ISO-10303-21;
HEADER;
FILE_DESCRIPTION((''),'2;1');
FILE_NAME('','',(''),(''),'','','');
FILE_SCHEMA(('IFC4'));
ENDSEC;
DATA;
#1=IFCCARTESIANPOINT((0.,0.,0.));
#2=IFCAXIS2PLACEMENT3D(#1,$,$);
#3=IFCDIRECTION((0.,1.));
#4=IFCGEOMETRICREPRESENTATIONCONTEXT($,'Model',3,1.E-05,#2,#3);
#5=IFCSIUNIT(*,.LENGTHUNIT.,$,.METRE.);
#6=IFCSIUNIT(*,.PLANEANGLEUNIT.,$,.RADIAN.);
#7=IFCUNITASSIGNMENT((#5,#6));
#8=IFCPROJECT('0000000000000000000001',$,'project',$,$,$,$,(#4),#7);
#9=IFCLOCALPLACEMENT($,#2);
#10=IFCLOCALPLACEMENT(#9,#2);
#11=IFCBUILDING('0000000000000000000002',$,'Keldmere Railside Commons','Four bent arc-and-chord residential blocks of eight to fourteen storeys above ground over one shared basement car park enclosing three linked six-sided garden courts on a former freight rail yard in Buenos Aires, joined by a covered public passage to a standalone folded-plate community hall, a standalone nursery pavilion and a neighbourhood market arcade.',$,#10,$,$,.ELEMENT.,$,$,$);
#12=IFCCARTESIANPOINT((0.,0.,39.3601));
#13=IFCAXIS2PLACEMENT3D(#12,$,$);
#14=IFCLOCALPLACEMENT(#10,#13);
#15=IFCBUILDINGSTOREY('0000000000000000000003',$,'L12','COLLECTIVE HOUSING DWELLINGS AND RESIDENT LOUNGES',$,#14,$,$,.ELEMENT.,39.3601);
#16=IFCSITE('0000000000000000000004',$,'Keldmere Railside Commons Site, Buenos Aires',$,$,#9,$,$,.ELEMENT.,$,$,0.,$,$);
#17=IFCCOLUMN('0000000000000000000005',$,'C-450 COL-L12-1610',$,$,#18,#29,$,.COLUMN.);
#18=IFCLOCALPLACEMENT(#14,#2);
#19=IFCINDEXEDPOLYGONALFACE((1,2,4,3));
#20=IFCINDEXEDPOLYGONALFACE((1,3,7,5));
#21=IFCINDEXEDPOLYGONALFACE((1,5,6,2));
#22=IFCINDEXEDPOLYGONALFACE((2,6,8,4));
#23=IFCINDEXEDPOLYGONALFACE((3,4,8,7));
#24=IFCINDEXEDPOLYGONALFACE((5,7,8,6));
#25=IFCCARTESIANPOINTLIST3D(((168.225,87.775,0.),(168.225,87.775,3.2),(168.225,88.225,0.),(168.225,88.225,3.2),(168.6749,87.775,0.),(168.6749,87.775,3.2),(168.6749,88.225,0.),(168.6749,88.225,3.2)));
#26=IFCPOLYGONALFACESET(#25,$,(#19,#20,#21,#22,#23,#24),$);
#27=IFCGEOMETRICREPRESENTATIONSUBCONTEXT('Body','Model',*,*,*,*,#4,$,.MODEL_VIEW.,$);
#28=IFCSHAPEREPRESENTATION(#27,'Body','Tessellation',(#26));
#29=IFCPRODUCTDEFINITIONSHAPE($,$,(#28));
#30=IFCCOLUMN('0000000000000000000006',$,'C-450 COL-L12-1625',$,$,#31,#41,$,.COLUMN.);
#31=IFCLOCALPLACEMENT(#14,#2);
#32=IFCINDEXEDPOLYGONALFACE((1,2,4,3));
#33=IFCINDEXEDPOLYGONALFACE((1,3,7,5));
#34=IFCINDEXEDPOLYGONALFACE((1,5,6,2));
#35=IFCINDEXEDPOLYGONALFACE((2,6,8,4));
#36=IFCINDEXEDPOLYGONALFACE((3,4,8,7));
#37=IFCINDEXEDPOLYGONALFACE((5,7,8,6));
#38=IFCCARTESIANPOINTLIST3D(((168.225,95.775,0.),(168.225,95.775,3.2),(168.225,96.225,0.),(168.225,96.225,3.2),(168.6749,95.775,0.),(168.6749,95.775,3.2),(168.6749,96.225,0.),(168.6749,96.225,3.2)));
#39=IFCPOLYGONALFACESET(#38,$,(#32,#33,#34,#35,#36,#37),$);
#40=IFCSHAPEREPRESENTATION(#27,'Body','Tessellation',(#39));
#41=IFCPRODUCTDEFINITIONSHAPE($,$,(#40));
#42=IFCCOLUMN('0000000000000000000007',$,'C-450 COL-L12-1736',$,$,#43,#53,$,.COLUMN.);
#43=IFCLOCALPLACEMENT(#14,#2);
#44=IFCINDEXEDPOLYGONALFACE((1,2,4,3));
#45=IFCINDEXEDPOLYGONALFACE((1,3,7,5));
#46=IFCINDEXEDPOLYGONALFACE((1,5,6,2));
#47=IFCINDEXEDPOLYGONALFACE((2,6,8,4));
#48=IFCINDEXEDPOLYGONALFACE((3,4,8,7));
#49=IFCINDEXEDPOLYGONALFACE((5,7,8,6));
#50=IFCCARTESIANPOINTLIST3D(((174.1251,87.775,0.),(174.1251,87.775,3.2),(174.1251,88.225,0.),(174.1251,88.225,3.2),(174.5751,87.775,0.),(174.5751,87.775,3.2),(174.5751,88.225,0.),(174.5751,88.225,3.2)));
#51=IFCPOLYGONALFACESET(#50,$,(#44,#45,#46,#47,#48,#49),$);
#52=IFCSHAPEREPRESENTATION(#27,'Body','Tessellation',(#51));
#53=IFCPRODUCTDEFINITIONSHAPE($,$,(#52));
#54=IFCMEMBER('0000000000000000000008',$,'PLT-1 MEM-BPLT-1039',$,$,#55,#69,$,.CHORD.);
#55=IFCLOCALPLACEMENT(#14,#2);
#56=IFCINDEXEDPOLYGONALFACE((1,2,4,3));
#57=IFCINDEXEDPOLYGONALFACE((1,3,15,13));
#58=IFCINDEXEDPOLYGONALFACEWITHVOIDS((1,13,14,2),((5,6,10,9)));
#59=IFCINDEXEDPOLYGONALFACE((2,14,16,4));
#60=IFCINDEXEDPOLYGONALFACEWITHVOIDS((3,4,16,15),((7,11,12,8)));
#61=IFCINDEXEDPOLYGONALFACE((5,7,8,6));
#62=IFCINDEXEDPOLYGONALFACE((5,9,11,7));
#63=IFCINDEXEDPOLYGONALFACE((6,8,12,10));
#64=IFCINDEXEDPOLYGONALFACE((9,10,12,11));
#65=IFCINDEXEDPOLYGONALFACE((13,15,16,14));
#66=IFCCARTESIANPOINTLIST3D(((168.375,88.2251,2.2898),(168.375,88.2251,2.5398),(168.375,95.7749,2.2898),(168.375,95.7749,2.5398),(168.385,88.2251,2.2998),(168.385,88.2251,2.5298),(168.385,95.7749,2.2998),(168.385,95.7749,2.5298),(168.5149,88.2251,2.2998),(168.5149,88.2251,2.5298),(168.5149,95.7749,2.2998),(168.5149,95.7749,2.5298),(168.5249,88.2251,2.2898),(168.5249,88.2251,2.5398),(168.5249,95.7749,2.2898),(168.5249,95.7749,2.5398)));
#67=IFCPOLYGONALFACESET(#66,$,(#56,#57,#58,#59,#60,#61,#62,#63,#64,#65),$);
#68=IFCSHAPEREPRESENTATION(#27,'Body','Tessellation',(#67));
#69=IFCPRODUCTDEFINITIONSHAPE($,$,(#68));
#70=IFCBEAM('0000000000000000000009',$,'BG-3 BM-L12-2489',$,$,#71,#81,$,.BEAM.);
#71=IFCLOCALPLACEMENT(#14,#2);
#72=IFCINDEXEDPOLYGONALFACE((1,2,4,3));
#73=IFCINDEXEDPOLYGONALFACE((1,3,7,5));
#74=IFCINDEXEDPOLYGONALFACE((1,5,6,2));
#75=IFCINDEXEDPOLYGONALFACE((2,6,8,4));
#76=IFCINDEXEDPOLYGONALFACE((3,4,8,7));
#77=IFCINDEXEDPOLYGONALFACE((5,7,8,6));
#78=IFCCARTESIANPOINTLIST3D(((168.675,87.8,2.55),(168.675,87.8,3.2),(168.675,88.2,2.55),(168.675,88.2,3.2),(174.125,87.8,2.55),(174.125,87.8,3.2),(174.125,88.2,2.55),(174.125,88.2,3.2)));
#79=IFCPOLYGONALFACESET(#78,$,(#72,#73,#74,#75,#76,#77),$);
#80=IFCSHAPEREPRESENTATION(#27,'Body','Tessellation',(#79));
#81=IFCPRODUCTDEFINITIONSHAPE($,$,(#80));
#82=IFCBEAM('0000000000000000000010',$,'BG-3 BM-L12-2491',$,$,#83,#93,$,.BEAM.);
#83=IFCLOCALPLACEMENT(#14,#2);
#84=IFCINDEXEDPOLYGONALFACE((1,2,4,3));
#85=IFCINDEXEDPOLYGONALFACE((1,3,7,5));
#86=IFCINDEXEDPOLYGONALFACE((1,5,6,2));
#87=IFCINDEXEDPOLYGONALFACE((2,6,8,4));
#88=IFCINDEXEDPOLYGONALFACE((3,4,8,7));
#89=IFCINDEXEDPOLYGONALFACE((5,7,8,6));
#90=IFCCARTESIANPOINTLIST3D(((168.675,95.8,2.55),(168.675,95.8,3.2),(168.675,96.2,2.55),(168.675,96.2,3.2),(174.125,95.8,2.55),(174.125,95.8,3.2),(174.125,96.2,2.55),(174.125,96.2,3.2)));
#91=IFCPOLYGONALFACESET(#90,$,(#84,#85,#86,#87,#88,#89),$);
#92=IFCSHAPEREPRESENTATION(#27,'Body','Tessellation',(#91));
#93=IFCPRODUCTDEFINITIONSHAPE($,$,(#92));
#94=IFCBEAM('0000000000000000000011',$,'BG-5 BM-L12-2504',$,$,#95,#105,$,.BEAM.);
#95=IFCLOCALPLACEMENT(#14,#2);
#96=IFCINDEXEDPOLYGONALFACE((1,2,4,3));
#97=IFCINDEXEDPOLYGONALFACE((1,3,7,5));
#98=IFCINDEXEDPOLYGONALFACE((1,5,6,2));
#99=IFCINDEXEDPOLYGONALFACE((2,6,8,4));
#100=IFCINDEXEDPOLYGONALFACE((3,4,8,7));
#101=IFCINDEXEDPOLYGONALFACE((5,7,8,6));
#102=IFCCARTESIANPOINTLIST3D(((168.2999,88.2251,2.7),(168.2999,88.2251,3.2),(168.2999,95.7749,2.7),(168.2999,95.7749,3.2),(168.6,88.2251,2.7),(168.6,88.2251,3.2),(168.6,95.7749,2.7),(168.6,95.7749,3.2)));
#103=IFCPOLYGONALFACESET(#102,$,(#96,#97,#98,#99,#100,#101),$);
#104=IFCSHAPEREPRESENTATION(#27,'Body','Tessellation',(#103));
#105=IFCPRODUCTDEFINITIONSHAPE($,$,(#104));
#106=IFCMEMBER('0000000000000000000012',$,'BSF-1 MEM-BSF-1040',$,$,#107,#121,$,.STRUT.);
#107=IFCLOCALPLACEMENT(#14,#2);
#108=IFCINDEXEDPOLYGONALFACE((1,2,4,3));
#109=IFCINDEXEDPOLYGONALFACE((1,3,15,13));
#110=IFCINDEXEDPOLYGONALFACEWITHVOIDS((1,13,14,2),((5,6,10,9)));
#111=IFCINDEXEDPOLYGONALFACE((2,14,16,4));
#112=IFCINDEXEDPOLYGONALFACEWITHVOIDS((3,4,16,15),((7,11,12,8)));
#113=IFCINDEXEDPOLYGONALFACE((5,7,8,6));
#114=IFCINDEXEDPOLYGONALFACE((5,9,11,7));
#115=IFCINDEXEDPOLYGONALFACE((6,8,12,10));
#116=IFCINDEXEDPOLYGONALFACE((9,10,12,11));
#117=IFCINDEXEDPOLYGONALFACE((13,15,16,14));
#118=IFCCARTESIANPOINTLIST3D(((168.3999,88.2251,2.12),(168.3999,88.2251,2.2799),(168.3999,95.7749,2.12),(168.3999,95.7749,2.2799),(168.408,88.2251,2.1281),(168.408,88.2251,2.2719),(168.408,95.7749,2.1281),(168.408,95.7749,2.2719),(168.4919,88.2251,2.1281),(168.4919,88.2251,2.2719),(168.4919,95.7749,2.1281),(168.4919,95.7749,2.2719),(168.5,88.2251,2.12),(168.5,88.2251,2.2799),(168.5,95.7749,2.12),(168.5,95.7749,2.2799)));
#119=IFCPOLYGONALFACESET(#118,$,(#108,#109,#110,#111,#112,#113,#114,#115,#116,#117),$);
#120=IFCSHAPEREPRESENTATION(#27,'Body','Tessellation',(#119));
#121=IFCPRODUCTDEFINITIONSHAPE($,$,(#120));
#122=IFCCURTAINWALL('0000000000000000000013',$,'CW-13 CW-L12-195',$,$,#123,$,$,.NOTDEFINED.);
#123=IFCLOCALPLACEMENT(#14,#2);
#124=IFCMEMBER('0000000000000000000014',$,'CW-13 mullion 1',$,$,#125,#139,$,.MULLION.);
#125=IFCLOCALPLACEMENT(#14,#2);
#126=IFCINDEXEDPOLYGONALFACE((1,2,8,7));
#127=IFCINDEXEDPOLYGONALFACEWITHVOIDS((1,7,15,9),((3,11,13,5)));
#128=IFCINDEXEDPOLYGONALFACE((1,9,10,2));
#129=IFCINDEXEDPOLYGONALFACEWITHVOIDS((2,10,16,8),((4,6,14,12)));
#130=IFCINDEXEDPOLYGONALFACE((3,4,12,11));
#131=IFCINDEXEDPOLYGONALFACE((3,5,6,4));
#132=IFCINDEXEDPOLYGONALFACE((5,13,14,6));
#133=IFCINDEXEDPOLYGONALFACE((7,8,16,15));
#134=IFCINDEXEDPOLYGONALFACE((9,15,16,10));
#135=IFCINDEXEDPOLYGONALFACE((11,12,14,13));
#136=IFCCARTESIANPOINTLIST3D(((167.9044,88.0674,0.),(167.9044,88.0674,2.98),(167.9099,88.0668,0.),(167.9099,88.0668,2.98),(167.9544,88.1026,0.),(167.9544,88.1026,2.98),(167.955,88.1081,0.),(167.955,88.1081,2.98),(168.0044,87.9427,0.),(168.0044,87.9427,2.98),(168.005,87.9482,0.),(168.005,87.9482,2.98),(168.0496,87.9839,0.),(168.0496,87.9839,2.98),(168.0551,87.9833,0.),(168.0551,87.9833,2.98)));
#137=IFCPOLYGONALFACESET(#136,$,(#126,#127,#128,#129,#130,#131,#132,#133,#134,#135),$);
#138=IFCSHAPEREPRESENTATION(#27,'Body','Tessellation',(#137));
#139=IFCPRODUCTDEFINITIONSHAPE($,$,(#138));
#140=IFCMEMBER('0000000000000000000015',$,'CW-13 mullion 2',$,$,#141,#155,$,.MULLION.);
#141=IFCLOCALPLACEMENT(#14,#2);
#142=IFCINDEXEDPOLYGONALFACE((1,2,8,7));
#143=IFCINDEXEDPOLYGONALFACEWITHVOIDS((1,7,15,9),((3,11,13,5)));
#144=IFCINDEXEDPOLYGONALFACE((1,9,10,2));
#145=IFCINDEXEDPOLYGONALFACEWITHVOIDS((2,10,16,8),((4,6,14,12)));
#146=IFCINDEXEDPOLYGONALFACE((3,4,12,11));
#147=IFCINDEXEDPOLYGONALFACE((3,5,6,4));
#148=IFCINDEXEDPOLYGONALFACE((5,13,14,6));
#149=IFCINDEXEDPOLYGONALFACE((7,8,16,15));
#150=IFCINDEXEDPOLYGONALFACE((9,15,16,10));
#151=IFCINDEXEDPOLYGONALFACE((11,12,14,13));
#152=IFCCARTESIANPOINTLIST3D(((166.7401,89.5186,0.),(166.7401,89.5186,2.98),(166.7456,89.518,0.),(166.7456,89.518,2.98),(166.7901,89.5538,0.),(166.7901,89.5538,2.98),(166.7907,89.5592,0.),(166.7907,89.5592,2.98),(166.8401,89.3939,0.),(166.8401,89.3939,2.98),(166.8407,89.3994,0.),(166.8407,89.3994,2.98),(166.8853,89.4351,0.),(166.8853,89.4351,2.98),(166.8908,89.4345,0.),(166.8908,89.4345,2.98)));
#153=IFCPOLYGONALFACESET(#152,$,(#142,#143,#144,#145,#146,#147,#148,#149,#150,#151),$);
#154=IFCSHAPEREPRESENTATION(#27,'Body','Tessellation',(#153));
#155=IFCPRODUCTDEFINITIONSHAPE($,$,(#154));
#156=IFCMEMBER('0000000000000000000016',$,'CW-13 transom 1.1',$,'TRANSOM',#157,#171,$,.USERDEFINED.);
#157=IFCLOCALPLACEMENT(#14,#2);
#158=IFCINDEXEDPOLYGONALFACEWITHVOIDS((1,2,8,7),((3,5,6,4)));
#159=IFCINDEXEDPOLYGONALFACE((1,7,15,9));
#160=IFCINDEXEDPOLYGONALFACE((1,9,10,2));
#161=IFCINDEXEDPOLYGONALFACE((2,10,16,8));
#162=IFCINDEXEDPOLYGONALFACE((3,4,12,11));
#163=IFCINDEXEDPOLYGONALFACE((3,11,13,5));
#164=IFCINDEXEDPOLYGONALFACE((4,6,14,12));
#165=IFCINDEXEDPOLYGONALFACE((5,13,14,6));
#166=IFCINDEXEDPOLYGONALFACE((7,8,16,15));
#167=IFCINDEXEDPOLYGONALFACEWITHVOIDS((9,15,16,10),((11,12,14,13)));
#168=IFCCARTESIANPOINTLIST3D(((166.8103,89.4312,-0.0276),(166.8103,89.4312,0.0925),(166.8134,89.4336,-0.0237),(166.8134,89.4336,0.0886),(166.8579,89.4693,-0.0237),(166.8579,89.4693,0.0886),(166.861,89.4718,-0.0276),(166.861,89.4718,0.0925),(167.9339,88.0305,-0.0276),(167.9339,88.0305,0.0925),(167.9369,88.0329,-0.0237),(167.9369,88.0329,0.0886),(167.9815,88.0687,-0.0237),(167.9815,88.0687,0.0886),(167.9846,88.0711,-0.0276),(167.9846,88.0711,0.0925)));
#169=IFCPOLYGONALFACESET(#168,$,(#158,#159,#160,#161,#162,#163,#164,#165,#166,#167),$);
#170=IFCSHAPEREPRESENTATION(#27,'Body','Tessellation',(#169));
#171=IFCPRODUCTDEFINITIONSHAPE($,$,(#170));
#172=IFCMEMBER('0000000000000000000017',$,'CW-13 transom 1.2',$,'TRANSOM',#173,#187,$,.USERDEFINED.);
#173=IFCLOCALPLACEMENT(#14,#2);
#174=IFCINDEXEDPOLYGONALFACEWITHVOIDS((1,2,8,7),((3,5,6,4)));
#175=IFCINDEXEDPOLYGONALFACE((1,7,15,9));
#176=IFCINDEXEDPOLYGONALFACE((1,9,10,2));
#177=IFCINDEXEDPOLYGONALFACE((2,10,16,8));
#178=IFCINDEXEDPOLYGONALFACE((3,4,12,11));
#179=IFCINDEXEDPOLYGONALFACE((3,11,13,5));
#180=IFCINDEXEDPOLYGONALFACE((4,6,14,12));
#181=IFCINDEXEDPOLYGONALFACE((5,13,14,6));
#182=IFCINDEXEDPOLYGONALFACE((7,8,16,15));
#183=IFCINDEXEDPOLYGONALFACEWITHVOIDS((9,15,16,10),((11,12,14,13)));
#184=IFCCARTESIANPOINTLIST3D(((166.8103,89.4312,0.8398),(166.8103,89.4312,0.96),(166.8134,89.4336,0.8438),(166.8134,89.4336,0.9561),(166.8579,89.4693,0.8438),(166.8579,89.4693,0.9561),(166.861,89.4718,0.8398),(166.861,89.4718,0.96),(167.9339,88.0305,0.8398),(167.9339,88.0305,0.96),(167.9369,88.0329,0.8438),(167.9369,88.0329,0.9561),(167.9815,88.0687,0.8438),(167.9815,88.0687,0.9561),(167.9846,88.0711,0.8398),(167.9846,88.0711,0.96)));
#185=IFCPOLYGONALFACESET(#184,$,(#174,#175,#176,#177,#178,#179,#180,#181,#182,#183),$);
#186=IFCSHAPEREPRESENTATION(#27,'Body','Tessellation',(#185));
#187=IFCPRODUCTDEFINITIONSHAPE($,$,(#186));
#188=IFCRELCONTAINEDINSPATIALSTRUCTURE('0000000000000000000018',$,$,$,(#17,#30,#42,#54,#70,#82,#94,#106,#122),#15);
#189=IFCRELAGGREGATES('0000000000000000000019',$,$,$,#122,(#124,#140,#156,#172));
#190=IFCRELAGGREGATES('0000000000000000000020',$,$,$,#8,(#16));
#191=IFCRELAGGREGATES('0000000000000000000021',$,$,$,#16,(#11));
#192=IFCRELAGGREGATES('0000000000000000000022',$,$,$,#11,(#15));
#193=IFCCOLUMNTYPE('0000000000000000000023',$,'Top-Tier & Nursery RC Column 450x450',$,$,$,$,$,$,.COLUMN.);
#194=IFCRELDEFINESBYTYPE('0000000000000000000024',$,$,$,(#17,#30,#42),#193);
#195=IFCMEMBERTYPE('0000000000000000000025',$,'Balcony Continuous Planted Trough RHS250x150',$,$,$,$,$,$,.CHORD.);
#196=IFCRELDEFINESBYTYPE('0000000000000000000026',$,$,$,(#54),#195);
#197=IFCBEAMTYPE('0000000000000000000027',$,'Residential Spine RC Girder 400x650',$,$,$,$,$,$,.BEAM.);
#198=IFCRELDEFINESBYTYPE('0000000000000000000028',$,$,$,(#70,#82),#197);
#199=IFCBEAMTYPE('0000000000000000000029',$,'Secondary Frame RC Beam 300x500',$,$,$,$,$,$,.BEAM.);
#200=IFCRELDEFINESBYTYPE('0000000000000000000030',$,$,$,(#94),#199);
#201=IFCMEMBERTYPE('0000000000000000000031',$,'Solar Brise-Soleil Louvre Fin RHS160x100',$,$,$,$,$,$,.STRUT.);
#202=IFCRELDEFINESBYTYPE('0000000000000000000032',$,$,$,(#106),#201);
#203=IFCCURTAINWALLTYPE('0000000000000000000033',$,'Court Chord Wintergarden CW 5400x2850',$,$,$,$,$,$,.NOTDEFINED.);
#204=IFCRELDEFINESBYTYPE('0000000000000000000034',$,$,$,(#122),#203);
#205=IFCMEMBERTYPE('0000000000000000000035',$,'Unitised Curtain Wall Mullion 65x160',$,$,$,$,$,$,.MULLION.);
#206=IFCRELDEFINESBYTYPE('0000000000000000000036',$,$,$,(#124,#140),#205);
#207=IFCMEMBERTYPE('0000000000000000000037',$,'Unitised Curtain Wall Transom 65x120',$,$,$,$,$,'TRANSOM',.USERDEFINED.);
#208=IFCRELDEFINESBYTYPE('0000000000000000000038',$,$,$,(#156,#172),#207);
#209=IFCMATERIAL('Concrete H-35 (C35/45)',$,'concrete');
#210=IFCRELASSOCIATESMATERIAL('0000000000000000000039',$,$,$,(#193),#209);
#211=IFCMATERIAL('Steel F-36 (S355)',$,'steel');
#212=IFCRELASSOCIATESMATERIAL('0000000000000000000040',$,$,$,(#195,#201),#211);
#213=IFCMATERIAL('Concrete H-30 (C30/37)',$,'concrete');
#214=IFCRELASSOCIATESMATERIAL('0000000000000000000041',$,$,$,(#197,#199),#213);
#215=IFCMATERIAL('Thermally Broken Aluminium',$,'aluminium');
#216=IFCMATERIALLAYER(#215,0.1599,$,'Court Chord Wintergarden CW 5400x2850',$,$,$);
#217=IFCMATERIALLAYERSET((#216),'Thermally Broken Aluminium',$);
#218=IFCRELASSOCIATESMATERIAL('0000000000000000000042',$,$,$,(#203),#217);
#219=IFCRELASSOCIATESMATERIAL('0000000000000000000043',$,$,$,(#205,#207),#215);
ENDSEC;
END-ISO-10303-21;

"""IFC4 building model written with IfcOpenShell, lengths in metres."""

from ifc_helpers import new_model, si_unit, direction, frame, origin, origin_2d, place, context, subcontext, project, spatial, rectangle, hollow_rectangle, extrude, material, layer, layer_set, material_profile, profile_set, type_object, element, aggregate, save


model = new_model("IFC4")

# Units and contexts
model_context = context("Model", 3, precision=1e-05, world=origin(), true_north=direction((0.0, 1.0)))
body_context = subcontext(model_context, "Body", "Model", "MODEL_VIEW")
ifc_project = project(units=[si_unit("LENGTHUNIT", "METRE"), si_unit("PLANEANGLEUNIT", "RADIAN")], contexts=[model_context])

# Site, building, storey
site_placement = place(None, origin())
site = spatial("IfcSite", under=ifc_project, at=site_placement, Name="Keldmere Railside Commons Site, Buenos Aires", CompositionType="ELEMENT", RefElevation=0.0)
building_placement = place(site_placement, origin())
building = spatial("IfcBuilding", under=site, at=building_placement, Name="Keldmere Railside Commons", Description="Four bent arc-and-chord residential blocks of eight to fourteen storeys above ground over one shared basement car park enclosing three linked six-sided garden courts on a former freight rail yard in Buenos Aires, joined by a covered public passage to a standalone folded-plate community hall, a standalone nursery pavilion and a neighbourhood market arcade.", CompositionType="ELEMENT")
storey_placement = place(building_placement, frame((0.0, 0.0, 39.3601)))
storey = spatial("IfcBuildingStorey", under=building, at=storey_placement, Name="L12", Description="COLLECTIVE HOUSING DWELLINGS AND RESIDENT LOUNGES", CompositionType="ELEMENT", Elevation=39.3601)

# Columns
ifc_material_1 = material(Name="Concrete H-35 (C35/45)", Category="concrete")
ifc_material_profile_1 = material_profile(ifc_material_1, rectangle(XDim=0.45, YDim=0.45, at=origin_2d()), Name="RC-450x450")
ifc_profile_set_1 = profile_set([ifc_material_profile_1], Name="Concrete H-35 (C35/45)")
column_type = type_object("IfcColumnType", Name="Top-Tier & Nursery RC Column 450x450", PredefinedType="COLUMN", material=ifc_profile_set_1)
for number, where, z_axis, x_axis, name in (
    (1, (168.45, 88.0, 0.0), (0.0, 0.0, 1.0), (1.0, 0.0, 0.0), "C-450 COL-L12-1610"),
    (2, (168.45, 96.0, 0.0), (0.0, 0.0, 1.0), (1.0, 0.0, 0.0), "C-450 COL-L12-1625"),
    (3, (174.3501, 88.0, 0.0), (0.0, 0.0, 1.0), (1.0, 0.0, 0.0), "C-450 COL-L12-1736"),
):
    element("IfcColumn", number, at=place(storey_placement, frame(where, z_axis=z_axis, x_axis=x_axis)), inside=storey, type_object=column_type, Name=name, PredefinedType="COLUMN", context=body_context, shape_type="SweptSolid", body=[
        extrude(rectangle(XDim=0.45, YDim=0.45, at=origin_2d()), origin(), (0.0, 0.0, 1.0), 3.2),
    ])

# Member
ifc_material_2 = material(Name="Steel F-36 (S355)", Category="steel")
ifc_material_profile_2 = material_profile(ifc_material_2, hollow_rectangle(XDim=0.1499, YDim=0.25, WallThickness=0.01, at=origin_2d()), Name="RHS-250x150x10")
ifc_profile_set_2 = profile_set([ifc_material_profile_2], Name="Steel F-36 (S355)")
member_type_1 = type_object("IfcMemberType", Name="Balcony Continuous Planted Trough RHS250x150", PredefinedType="CHORD", material=ifc_profile_set_2)
member_1_placement = place(storey_placement, frame((168.45, 88.2251, 2.4148), z_axis=(0.0, 1.0, 0.0), x_axis=(-1.0, 0.0, 0.0)))
element("IfcMember", 4, at=member_1_placement, inside=storey, type_object=member_type_1, Name="PLT-1 MEM-BPLT-1039", PredefinedType="CHORD", context=body_context, shape_type="SweptSolid", body=[
    extrude(hollow_rectangle(XDim=0.1499, YDim=0.25, WallThickness=0.01, at=origin_2d()), origin(), (0.0, 0.0, 1.0), 7.5498),
])

# Beams
ifc_material_3 = material(Name="Concrete H-30 (C30/37)", Category="concrete")
ifc_material_profile_3 = material_profile(ifc_material_3, rectangle(XDim=0.3999, YDim=0.6499, at=origin_2d()), Name="RC-400x650")
ifc_profile_set_3 = profile_set([ifc_material_profile_3], Name="Concrete H-30 (C30/37)")
beam_type_1 = type_object("IfcBeamType", Name="Residential Spine RC Girder 400x650", PredefinedType="BEAM", material=ifc_profile_set_3)
for number, where, z_axis, x_axis, name in (
    (5, (168.675, 88.0, 2.875), (1.0, 0.0, 0.0), (0.0, 1.0, 0.0), "BG-3 BM-L12-2489"),
    (6, (168.675, 96.0, 2.875), (1.0, 0.0, 0.0), (0.0, 1.0, 0.0), "BG-3 BM-L12-2491"),
):
    element("IfcBeam", number, at=place(storey_placement, frame(where, z_axis=z_axis, x_axis=x_axis)), inside=storey, type_object=beam_type_1, Name=name, PredefinedType="BEAM", context=body_context, shape_type="SweptSolid", body=[
        extrude(rectangle(XDim=0.3999, YDim=0.6499, at=origin_2d()), origin(), (0.0, 0.0, 1.0), 5.45),
    ])
ifc_material_profile_4 = material_profile(ifc_material_3, rectangle(XDim=0.3, YDim=0.5, at=origin_2d()), Name="RC-300x500")
ifc_profile_set_4 = profile_set([ifc_material_profile_4], Name="Concrete H-30 (C30/37)")
beam_type_2 = type_object("IfcBeamType", Name="Secondary Frame RC Beam 300x500", PredefinedType="BEAM", material=ifc_profile_set_4)
beam_placement = place(storey_placement, frame((168.45, 88.2251, 2.95), z_axis=(0.0, 1.0, 0.0), x_axis=(-1.0, 0.0, 0.0)))
element("IfcBeam", 7, at=beam_placement, inside=storey, type_object=beam_type_2, Name="BG-5 BM-L12-2504", PredefinedType="BEAM", context=body_context, shape_type="SweptSolid", body=[
    extrude(rectangle(XDim=0.3, YDim=0.5, at=origin_2d()), origin(), (0.0, 0.0, 1.0), 7.5498),
])

# Member
ifc_material_profile_5 = material_profile(ifc_material_2, hollow_rectangle(XDim=0.1001, YDim=0.1599, WallThickness=0.0081, at=origin_2d()), Name="RHS-160x100x8")
ifc_profile_set_5 = profile_set([ifc_material_profile_5], Name="Steel F-36 (S355)")
member_type_2 = type_object("IfcMemberType", Name="Solar Brise-Soleil Louvre Fin RHS160x100", PredefinedType="STRUT", material=ifc_profile_set_5)
member_2_placement = place(storey_placement, frame((168.45, 88.2251, 2.2), z_axis=(0.0, 1.0, 0.0), x_axis=(-1.0, 0.0, 0.0)))
element("IfcMember", 8, at=member_2_placement, inside=storey, type_object=member_type_2, Name="BSF-1 MEM-BSF-1040", PredefinedType="STRUT", context=body_context, shape_type="SweptSolid", body=[
    extrude(hollow_rectangle(XDim=0.1001, YDim=0.1599, WallThickness=0.0081, at=origin_2d()), origin(), (0.0, 0.0, 1.0), 7.5498),
])

# Curtain wall, members
ifc_material_4 = material(Name="Thermally Broken Aluminium", Category="aluminium")
ifc_layer_1 = layer(ifc_material_4, 0.1599, Name="Court Chord Wintergarden CW 5400x2850")
ifc_layer_set_1 = layer_set([ifc_layer_1], Name="Thermally Broken Aluminium")
curtain_wall_type = type_object("IfcCurtainWallType", Name="Court Chord Wintergarden CW 5400x2850", PredefinedType="NOTDEFINED", material=ifc_layer_set_1)
curtain_wall_placement = place(storey_placement, origin())
curtain_wall = element("IfcCurtainWall", 9, at=curtain_wall_placement, inside=storey, type_object=curtain_wall_type, Name="CW-13 CW-L12-195", PredefinedType="NOTDEFINED")
ifc_material_profile_6 = material_profile(ifc_material_4, hollow_rectangle(XDim=0.0649, YDim=0.1599, WallThickness=0.0039, at=origin_2d()), Name="ALU-MULL-65x160")
ifc_profile_set_6 = profile_set([ifc_material_profile_6], Name="Thermally Broken Aluminium")
member_type_3 = type_object("IfcMemberType", Name="Unitised Curtain Wall Mullion 65x160", PredefinedType="MULLION", material=ifc_profile_set_6)
member_3_placement = place(storey_placement, frame((167.9797, 88.0254, 0.0), z_axis=(0.0, 0.0, 1.0), x_axis=(-0.780009, -0.625768, 0.0)))
member_3 = element("IfcMember", 10, at=member_3_placement, type_object=member_type_3, Name="CW-13 mullion 1", PredefinedType="MULLION", context=body_context, shape_type="SweptSolid", body=[
    extrude(hollow_rectangle(XDim=0.0649, YDim=0.1599, WallThickness=0.0039, at=origin_2d()), origin(), (0.0, 0.0, 1.0), 2.98),
])
member_4_placement = place(storey_placement, frame((166.8154, 89.4766, 0.0), z_axis=(0.0, 0.0, 1.0), x_axis=(-0.780009, -0.625768, 0.0)))
member_4 = element("IfcMember", 11, at=member_4_placement, type_object=member_type_3, Name="CW-13 mullion 2", PredefinedType="MULLION", context=body_context, shape_type="SweptSolid", body=[
    extrude(hollow_rectangle(XDim=0.0649, YDim=0.1599, WallThickness=0.0039, at=origin_2d()), origin(), (0.0, 0.0, 1.0), 2.98),
])
ifc_material_profile_7 = material_profile(ifc_material_4, hollow_rectangle(XDim=0.0649, YDim=0.1201, WallThickness=0.0039, at=origin_2d()), Name="ALU-TRAN-65x120")
ifc_profile_set_7 = profile_set([ifc_material_profile_7], Name="Thermally Broken Aluminium")
member_type_4 = type_object("IfcMemberType", Name="Unitised Curtain Wall Transom 65x120", ElementType="TRANSOM", PredefinedType="USERDEFINED", material=ifc_profile_set_7)
member_5_placement = place(storey_placement, frame((167.9592, 88.0508, 0.0325), z_axis=(-0.625723, 0.780046, 0.0), x_axis=(-0.780046, -0.625723, 0.0)))
member_5 = element("IfcMember", 12, at=member_5_placement, type_object=member_type_4, Name="CW-13 transom 1.1", ObjectType="TRANSOM", PredefinedType="USERDEFINED", context=body_context, shape_type="SweptSolid", body=[
    extrude(hollow_rectangle(XDim=0.0649, YDim=0.1201, WallThickness=0.0039, at=origin_2d()), origin(), (0.0, 0.0, 1.0), 1.7957),
])
member_6_placement = place(storey_placement, frame((167.9592, 88.0508, 0.8999), z_axis=(-0.625723, 0.780046, 0.0), x_axis=(-0.780046, -0.625723, 0.0)))
member_6 = element("IfcMember", 13, at=member_6_placement, type_object=member_type_4, Name="CW-13 transom 1.2", ObjectType="TRANSOM", PredefinedType="USERDEFINED", context=body_context, shape_type="SweptSolid", body=[
    extrude(hollow_rectangle(XDim=0.0649, YDim=0.1201, WallThickness=0.0039, at=origin_2d()), origin(), (0.0, 0.0, 1.0), 1.7957),
])
aggregate(curtain_wall, [member_3, member_4, member_5, member_6])

save(model, "model.ifc")
